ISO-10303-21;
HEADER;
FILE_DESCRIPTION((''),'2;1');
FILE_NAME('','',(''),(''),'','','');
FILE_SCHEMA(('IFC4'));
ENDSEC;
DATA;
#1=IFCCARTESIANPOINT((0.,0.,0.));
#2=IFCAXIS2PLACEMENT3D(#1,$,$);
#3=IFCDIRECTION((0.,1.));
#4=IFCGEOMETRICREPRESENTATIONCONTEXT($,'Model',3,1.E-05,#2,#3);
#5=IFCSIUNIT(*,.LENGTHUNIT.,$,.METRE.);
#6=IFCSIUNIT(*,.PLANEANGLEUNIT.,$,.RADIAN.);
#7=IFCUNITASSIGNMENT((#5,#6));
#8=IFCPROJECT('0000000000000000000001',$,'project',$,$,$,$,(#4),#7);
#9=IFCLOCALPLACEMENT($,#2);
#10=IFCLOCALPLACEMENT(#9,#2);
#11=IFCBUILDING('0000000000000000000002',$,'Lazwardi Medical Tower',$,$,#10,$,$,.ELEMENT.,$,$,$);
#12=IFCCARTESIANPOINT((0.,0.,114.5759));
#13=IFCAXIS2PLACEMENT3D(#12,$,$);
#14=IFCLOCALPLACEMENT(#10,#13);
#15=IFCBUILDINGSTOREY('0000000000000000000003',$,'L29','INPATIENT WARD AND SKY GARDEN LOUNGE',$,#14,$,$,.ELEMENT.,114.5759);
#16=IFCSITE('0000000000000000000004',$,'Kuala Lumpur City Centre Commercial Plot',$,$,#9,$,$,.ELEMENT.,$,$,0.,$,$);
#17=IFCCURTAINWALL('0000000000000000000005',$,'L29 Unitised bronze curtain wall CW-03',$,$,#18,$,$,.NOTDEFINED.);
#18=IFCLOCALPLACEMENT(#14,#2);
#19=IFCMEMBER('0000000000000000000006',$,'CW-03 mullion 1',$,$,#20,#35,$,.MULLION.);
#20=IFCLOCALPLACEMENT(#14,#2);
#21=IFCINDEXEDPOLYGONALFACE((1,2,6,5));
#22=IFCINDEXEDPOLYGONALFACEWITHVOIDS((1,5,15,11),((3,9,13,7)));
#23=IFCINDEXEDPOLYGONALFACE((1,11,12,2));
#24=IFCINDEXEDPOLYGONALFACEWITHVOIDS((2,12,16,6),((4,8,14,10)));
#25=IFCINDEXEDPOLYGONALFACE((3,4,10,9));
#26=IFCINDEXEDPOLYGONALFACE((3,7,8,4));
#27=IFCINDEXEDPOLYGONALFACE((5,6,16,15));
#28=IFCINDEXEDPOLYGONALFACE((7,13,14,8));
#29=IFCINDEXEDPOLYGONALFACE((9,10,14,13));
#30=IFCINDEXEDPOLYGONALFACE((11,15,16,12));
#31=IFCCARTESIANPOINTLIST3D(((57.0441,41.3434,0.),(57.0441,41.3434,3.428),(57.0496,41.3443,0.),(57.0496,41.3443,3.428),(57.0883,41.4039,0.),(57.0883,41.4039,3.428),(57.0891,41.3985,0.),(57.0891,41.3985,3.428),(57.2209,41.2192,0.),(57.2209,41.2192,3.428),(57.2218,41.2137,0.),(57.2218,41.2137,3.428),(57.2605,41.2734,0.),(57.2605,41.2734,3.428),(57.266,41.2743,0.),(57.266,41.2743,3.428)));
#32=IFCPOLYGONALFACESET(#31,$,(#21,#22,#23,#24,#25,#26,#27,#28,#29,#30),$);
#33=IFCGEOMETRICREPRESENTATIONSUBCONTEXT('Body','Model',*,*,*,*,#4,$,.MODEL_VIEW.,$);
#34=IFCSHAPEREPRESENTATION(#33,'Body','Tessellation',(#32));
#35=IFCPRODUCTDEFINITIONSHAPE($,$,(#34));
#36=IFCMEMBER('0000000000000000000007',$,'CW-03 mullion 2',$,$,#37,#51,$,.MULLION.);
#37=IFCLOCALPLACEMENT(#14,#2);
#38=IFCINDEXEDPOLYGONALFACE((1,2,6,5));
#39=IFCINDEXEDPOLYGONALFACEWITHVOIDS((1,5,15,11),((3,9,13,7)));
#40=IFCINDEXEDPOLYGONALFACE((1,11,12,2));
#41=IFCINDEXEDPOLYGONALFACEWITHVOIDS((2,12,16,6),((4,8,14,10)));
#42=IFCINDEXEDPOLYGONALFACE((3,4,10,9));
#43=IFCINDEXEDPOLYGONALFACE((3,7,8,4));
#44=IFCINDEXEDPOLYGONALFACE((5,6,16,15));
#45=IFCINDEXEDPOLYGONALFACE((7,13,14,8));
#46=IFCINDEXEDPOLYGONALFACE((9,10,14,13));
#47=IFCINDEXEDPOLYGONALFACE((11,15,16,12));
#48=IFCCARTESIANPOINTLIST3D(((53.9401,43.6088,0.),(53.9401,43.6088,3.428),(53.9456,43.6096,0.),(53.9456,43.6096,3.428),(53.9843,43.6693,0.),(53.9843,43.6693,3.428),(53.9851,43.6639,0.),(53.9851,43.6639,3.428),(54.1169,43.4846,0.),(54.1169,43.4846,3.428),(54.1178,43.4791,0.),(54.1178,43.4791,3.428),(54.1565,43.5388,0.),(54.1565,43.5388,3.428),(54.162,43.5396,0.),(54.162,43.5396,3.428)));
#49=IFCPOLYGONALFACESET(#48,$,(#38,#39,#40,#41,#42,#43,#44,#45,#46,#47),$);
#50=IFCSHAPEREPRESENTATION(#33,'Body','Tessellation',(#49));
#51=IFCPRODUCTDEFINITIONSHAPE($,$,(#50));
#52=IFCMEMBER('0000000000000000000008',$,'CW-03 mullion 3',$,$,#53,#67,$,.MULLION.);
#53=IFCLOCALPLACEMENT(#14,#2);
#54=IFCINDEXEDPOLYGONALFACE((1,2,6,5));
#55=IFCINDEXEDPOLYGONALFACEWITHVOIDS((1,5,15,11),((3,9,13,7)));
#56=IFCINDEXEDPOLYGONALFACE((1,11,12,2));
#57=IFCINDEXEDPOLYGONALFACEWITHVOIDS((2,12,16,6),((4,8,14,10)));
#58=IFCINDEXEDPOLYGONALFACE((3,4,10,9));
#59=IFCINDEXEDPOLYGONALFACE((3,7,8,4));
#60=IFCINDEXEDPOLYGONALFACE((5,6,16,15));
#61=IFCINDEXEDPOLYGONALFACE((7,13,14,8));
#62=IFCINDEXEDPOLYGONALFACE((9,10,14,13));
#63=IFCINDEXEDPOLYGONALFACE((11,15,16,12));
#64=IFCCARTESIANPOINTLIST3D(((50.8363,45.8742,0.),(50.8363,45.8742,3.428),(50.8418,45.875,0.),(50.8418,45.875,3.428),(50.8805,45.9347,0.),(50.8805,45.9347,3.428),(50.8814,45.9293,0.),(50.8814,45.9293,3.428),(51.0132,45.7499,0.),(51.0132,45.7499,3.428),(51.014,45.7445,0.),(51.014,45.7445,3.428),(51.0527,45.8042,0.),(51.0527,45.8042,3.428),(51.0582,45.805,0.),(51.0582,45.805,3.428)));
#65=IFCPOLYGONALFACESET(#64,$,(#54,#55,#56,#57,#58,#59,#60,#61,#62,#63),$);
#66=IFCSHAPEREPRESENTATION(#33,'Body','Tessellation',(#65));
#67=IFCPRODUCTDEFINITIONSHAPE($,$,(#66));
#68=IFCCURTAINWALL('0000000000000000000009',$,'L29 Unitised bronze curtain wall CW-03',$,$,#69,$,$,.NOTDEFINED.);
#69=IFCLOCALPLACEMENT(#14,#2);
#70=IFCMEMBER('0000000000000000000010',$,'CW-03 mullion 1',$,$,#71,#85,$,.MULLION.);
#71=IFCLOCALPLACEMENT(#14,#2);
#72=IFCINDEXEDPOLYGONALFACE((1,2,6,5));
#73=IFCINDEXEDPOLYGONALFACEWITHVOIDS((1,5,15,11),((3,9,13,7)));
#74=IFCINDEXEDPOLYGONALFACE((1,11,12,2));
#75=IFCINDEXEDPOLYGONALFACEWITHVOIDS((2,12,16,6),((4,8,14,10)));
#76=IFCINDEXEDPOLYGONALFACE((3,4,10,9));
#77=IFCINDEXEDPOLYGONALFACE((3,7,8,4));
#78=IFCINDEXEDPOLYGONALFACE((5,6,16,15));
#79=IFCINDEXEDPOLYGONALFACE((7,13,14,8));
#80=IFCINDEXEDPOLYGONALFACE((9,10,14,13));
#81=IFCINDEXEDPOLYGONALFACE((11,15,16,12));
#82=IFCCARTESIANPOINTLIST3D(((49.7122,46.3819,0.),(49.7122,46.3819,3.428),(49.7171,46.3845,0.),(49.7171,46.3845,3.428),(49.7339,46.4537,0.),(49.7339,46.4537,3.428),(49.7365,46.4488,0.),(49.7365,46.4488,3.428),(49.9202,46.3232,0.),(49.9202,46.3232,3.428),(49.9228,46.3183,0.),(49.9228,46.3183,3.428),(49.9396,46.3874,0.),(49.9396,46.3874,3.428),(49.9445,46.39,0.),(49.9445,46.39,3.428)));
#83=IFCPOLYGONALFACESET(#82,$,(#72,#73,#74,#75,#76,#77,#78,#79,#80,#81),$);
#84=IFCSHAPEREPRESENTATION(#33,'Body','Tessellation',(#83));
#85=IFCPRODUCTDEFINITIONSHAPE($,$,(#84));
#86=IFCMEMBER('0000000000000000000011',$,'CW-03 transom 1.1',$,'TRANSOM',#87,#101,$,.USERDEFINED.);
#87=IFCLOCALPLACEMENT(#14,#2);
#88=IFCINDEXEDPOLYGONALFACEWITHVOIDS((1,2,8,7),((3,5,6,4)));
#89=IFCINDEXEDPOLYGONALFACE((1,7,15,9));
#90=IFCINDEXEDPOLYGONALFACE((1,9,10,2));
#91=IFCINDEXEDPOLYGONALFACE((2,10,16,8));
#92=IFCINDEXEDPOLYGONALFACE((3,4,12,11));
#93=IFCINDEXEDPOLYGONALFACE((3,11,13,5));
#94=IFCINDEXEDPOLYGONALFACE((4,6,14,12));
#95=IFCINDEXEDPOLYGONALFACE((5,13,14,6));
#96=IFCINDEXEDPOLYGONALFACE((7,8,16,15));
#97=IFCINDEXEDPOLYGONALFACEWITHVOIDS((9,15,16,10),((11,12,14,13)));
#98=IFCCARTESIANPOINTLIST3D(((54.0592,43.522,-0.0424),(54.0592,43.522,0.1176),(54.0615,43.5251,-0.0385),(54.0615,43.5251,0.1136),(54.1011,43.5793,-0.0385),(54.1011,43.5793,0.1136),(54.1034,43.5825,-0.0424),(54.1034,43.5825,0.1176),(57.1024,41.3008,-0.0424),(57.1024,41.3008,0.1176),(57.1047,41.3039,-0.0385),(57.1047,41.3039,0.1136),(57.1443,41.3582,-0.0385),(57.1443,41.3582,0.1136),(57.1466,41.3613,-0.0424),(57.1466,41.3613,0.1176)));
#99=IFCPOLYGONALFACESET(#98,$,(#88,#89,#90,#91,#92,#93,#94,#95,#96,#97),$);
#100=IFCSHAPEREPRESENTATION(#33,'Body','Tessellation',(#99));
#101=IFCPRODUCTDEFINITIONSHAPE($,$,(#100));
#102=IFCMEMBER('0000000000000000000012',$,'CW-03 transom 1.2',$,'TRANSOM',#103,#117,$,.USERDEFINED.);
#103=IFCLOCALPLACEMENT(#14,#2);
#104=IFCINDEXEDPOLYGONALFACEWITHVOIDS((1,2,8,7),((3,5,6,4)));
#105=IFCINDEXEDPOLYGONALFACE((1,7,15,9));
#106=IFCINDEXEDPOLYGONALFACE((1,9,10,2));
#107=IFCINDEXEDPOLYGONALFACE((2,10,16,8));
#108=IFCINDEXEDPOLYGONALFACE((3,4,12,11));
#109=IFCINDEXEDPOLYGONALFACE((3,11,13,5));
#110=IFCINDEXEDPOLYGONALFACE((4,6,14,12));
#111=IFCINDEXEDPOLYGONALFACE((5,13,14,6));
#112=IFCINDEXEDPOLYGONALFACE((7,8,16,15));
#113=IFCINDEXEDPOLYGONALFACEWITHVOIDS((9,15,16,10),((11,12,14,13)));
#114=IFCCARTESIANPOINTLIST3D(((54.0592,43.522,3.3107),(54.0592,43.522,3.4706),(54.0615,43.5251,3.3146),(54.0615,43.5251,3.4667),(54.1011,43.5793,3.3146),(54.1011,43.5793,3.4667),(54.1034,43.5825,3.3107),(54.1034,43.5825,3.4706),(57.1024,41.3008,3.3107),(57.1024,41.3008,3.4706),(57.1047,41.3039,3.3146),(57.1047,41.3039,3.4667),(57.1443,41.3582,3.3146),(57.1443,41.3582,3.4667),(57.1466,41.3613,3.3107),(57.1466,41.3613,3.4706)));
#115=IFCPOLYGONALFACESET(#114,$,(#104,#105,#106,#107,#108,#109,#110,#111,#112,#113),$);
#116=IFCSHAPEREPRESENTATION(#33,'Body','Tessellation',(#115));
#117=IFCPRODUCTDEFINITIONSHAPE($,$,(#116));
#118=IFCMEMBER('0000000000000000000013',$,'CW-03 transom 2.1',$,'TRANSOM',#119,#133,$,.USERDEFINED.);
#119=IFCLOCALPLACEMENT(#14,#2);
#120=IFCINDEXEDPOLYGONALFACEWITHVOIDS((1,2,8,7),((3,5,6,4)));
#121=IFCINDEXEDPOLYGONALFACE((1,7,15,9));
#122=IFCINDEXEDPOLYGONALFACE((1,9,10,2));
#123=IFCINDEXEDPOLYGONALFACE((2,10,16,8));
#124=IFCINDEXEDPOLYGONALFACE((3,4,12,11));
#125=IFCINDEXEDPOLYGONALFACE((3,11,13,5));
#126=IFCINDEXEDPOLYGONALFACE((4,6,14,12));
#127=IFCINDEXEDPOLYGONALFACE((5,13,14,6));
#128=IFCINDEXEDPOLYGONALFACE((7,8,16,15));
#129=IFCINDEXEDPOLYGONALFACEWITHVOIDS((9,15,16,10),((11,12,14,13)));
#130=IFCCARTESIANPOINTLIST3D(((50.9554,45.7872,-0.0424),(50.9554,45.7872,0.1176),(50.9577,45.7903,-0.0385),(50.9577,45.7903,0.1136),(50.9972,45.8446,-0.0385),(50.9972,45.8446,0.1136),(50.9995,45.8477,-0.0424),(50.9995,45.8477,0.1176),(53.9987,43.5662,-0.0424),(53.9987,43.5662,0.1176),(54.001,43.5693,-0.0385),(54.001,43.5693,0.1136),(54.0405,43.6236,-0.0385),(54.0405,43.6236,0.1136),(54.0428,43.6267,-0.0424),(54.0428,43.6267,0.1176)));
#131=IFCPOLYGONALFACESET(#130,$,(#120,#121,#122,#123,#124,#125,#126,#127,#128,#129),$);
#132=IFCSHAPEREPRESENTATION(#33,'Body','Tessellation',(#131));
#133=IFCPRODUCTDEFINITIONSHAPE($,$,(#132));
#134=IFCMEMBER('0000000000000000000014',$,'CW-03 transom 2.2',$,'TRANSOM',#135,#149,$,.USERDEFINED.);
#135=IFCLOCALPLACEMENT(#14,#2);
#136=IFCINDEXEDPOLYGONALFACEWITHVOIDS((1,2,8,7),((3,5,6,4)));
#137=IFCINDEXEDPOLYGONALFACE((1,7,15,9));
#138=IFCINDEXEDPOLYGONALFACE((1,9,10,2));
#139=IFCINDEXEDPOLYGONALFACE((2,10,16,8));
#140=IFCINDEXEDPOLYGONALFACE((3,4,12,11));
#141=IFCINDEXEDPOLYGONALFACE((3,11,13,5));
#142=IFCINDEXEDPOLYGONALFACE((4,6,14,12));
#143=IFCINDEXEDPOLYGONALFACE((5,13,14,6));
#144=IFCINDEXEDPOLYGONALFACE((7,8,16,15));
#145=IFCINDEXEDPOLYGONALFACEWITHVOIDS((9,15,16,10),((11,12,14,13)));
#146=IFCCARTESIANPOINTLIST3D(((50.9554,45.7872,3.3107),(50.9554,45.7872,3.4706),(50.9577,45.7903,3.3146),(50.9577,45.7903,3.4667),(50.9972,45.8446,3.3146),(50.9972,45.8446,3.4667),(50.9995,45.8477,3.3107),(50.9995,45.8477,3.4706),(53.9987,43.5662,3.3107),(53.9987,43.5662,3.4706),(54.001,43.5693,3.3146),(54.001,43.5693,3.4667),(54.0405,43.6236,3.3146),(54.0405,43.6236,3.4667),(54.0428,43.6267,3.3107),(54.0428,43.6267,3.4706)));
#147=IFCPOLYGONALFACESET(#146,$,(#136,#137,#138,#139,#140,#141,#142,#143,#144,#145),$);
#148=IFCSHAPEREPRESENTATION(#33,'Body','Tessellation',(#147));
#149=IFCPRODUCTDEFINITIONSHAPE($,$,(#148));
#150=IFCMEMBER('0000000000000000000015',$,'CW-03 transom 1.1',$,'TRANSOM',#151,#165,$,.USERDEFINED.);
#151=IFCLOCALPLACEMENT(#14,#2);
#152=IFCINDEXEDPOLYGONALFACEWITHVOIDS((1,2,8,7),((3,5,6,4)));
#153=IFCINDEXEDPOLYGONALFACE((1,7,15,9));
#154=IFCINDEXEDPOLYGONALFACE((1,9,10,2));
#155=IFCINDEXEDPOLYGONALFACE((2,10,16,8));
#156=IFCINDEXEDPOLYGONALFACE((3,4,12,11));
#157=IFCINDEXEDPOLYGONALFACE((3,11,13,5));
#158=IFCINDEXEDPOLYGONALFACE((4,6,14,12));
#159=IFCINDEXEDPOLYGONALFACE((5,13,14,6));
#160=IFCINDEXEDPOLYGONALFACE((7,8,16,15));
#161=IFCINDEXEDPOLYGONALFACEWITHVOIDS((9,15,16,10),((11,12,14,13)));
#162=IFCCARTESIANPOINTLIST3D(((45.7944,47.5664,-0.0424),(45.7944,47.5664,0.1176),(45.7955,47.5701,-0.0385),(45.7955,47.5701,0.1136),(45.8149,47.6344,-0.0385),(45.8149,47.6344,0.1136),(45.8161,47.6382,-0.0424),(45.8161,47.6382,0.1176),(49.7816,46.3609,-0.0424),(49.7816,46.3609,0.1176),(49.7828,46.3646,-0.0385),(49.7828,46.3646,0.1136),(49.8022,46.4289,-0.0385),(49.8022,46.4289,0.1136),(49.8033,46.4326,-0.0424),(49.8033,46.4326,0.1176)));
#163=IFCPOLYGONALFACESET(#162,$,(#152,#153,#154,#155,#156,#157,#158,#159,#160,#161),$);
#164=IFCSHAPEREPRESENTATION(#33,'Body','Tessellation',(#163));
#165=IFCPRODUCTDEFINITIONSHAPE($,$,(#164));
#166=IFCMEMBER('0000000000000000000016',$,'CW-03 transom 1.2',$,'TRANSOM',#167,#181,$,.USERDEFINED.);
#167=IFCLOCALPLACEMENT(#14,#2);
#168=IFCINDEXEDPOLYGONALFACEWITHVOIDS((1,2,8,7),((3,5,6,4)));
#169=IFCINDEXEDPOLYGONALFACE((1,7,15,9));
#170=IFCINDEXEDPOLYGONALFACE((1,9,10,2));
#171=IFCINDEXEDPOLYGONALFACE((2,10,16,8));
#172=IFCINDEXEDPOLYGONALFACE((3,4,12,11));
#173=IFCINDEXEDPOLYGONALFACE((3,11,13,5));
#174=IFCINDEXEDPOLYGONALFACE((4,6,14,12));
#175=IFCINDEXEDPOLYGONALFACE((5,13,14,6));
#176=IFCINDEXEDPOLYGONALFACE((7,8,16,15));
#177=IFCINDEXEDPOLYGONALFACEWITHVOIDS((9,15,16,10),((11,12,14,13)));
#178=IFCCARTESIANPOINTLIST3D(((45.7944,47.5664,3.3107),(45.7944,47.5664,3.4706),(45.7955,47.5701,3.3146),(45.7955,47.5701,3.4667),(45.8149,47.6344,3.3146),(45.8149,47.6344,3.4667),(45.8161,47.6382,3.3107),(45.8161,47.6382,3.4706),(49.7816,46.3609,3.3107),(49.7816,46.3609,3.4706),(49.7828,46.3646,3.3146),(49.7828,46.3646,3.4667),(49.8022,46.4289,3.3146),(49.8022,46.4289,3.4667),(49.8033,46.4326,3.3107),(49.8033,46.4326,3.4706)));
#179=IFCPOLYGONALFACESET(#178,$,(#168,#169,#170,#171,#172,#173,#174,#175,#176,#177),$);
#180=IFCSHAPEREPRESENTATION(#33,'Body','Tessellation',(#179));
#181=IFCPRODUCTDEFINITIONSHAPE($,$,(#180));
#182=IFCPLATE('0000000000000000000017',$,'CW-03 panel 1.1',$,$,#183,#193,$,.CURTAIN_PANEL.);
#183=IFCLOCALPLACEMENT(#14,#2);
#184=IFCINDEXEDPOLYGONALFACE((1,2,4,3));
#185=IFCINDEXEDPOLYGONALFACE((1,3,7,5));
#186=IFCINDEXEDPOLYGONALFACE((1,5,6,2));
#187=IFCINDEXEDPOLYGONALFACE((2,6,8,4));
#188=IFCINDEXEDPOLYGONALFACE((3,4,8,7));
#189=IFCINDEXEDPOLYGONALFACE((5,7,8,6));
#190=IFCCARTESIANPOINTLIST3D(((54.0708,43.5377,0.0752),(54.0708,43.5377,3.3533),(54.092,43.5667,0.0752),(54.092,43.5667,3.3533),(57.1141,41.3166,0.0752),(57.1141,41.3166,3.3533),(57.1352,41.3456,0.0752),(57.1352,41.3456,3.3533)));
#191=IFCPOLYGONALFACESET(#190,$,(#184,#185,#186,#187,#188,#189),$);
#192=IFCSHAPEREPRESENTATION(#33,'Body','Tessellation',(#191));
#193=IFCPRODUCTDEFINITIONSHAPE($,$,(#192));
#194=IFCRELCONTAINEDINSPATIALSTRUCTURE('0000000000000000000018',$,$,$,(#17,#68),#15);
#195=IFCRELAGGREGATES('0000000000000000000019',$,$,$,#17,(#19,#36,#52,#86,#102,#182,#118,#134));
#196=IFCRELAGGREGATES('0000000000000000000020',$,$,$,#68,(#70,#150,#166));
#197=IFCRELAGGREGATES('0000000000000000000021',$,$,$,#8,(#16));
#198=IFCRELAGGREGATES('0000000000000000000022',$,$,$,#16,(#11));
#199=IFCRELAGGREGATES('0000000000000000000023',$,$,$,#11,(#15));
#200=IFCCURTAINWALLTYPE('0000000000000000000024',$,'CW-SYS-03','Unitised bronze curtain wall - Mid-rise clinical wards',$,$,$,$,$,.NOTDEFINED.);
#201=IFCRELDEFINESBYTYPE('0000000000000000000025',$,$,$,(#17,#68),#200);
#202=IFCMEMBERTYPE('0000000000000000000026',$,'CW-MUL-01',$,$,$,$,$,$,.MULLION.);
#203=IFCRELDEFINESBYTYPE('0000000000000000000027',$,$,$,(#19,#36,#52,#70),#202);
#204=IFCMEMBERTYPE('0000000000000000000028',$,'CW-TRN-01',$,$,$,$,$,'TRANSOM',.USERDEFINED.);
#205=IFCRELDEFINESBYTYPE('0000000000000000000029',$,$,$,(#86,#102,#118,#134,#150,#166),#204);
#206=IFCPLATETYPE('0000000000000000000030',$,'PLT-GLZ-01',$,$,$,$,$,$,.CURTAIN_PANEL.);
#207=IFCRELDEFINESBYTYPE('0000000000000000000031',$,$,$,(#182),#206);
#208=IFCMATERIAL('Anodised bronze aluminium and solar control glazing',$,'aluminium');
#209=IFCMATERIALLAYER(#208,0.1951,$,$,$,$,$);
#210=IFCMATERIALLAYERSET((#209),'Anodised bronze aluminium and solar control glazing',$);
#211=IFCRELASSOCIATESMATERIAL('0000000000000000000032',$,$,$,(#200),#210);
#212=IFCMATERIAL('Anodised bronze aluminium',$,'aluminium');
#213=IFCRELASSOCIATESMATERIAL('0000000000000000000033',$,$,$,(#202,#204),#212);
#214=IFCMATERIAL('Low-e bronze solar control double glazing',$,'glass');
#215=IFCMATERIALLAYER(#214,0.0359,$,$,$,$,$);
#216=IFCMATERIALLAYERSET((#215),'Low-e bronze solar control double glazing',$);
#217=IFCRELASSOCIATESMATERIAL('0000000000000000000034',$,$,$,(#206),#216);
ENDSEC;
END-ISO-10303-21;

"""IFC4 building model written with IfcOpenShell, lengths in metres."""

from ifc_helpers import new_model, si_unit, direction, frame, origin, origin_2d, place, context, subcontext, project, spatial, rectangle, hollow_rectangle, extrude, material, layer, layer_set, material_profile, profile_set, type_object, element, aggregate, save


model = new_model("IFC4")

# Units and contexts
model_context = context("Model", 3, precision=1e-05, world=origin(), true_north=direction((0.0, 1.0)))
body_context = subcontext(model_context, "Body", "Model", "MODEL_VIEW")
ifc_project = project(units=[si_unit("LENGTHUNIT", "METRE"), si_unit("PLANEANGLEUNIT", "RADIAN")], contexts=[model_context])

# Site, building, storey
site_placement = place(None, origin())
site = spatial("IfcSite", under=ifc_project, at=site_placement, Name="Kuala Lumpur City Centre Commercial Plot", CompositionType="ELEMENT", RefElevation=0.0)
building_placement = place(site_placement, origin())
building = spatial("IfcBuilding", under=site, at=building_placement, Name="Lazwardi Medical Tower", CompositionType="ELEMENT")
storey_placement = place(building_placement, frame((0.0, 0.0, 114.5759)))
storey = spatial("IfcBuildingStorey", under=building, at=storey_placement, Name="L29", Description="INPATIENT WARD AND SKY GARDEN LOUNGE", CompositionType="ELEMENT", Elevation=114.5759)

# Shared definitions
ifc_material_1 = material(Name="Anodised bronze aluminium and solar control glazing", Category="aluminium")
ifc_layer_1 = layer(ifc_material_1, 0.1951)
ifc_layer_set_1 = layer_set([ifc_layer_1], Name="Anodised bronze aluminium and solar control glazing")
curtain_wall_type = type_object("IfcCurtainWallType", Name="CW-SYS-03", Description="Unitised bronze curtain wall - Mid-rise clinical wards", PredefinedType="NOTDEFINED", material=ifc_layer_set_1)
ifc_material_2 = material(Name="Anodised bronze aluminium", Category="aluminium")
ifc_material_profile_1 = material_profile(ifc_material_2, hollow_rectangle(XDim=0.075, YDim=0.22, WallThickness=0.0039, at=origin_2d()), Name="ALU-MULLION 220x75x4")
ifc_profile_set_1 = profile_set([ifc_material_profile_1], Name="Anodised bronze aluminium")
member_type_1 = type_object("IfcMemberType", Name="CW-MUL-01", PredefinedType="MULLION", material=ifc_profile_set_1)

# Curtain wall, members
curtain_wall_1_placement = place(storey_placement, origin())
curtain_wall_1 = element("IfcCurtainWall", 1, at=curtain_wall_1_placement, inside=storey, type_object=curtain_wall_type, Name="L29 Unitised bronze curtain wall CW-03", PredefinedType="NOTDEFINED")
member_1_placement = place(storey_placement, frame((57.155, 41.3088, 0.0), z_axis=(0.0, 0.0, 1.0), x_axis=(-0.589531, -0.807746, 0.0)))
member_1 = element("IfcMember", 2, at=member_1_placement, type_object=member_type_1, Name="CW-03 mullion 1", PredefinedType="MULLION", context=body_context, shape_type="SweptSolid", body=[
    extrude(hollow_rectangle(XDim=0.075, YDim=0.22, WallThickness=0.0039, at=origin_2d()), origin(), (0.0, 0.0, 1.0), 3.428),
])
member_2_placement = place(storey_placement, frame((54.051, 43.5742, 0.0), z_axis=(0.0, 0.0, 1.0), x_axis=(-0.589531, -0.807746, 0.0)))
member_2 = element("IfcMember", 3, at=member_2_placement, type_object=member_type_1, Name="CW-03 mullion 2", PredefinedType="MULLION", context=body_context, shape_type="SweptSolid", body=[
    extrude(hollow_rectangle(XDim=0.075, YDim=0.22, WallThickness=0.0039, at=origin_2d()), origin(), (0.0, 0.0, 1.0), 3.428),
])
member_3_placement = place(storey_placement, frame((50.9473, 45.8396, 0.0), z_axis=(0.0, 0.0, 1.0), x_axis=(-0.589531, -0.807746, 0.0)))
member_3 = element("IfcMember", 4, at=member_3_placement, type_object=member_type_1, Name="CW-03 mullion 3", PredefinedType="MULLION", context=body_context, shape_type="SweptSolid", body=[
    extrude(hollow_rectangle(XDim=0.075, YDim=0.22, WallThickness=0.0039, at=origin_2d()), origin(), (0.0, 0.0, 1.0), 3.428),
])

# Curtain wall, member
curtain_wall_2_placement = place(storey_placement, origin())
curtain_wall_2 = element("IfcCurtainWall", 5, at=curtain_wall_2_placement, inside=storey, type_object=curtain_wall_type, Name="L29 Unitised bronze curtain wall CW-03", PredefinedType="NOTDEFINED")
member_4_placement = place(storey_placement, frame((49.8284, 46.386, 0.0), z_axis=(0.0, 0.0, 1.0), x_axis=(-0.289374, -0.957216, 0.0)))
member_4 = element("IfcMember", 6, at=member_4_placement, type_object=member_type_1, Name="CW-03 mullion 1", PredefinedType="MULLION", context=body_context, shape_type="SweptSolid", body=[
    extrude(hollow_rectangle(XDim=0.075, YDim=0.22, WallThickness=0.0039, at=origin_2d()), origin(), (0.0, 0.0, 1.0), 3.428),
])

# Members
ifc_material_profile_2 = material_profile(ifc_material_2, hollow_rectangle(XDim=0.075, YDim=0.1599, WallThickness=0.0039, at=origin_2d()), Name="ALU-TRANSOM 160x75x4")
ifc_profile_set_2 = profile_set([ifc_material_profile_2], Name="Anodised bronze aluminium")
member_type_2 = type_object("IfcMemberType", Name="CW-TRN-01", ElementType="TRANSOM", PredefinedType="USERDEFINED", material=ifc_profile_set_2)
member_5_placement = place(storey_placement, frame((57.1245, 41.3311, 0.0376), z_axis=(-0.807732, 0.58955, 0.0), x_axis=(-0.58955, -0.807732, 0.0)))
member_5 = element("IfcMember", 7, at=member_5_placement, type_object=member_type_2, Name="CW-03 transom 1.1", ObjectType="TRANSOM", PredefinedType="USERDEFINED", context=body_context, shape_type="SweptSolid", body=[
    extrude(hollow_rectangle(XDim=0.075, YDim=0.1599, WallThickness=0.0039, at=origin_2d()), origin(), (0.0, 0.0, 1.0), 3.7676),
])
member_6_placement = place(storey_placement, frame((57.1245, 41.3311, 3.3906), z_axis=(-0.807732, 0.58955, 0.0), x_axis=(-0.58955, -0.807732, 0.0)))
member_6 = element("IfcMember", 8, at=member_6_placement, type_object=member_type_2, Name="CW-03 transom 1.2", ObjectType="TRANSOM", PredefinedType="USERDEFINED", context=body_context, shape_type="SweptSolid", body=[
    extrude(hollow_rectangle(XDim=0.075, YDim=0.1599, WallThickness=0.0039, at=origin_2d()), origin(), (0.0, 0.0, 1.0), 3.7676),
])
member_7_placement = place(storey_placement, frame((54.0208, 43.5964, 0.0376), z_axis=(-0.807763, 0.589508, 0.0), x_axis=(-0.589508, -0.807763, 0.0)))
member_7 = element("IfcMember", 9, at=member_7_placement, type_object=member_type_2, Name="CW-03 transom 2.1", ObjectType="TRANSOM", PredefinedType="USERDEFINED", context=body_context, shape_type="SweptSolid", body=[
    extrude(hollow_rectangle(XDim=0.075, YDim=0.1599, WallThickness=0.0039, at=origin_2d()), origin(), (0.0, 0.0, 1.0), 3.7676),
])
member_8_placement = place(storey_placement, frame((54.0208, 43.5964, 3.3906), z_axis=(-0.807763, 0.589508, 0.0), x_axis=(-0.589508, -0.807763, 0.0)))
member_8 = element("IfcMember", 10, at=member_8_placement, type_object=member_type_2, Name="CW-03 transom 2.2", ObjectType="TRANSOM", PredefinedType="USERDEFINED", context=body_context, shape_type="SweptSolid", body=[
    extrude(hollow_rectangle(XDim=0.075, YDim=0.1599, WallThickness=0.0039, at=origin_2d()), origin(), (0.0, 0.0, 1.0), 3.7676),
])
member_9_placement = place(storey_placement, frame((49.7925, 46.3967, 0.0376), z_axis=(-0.957205, 0.289412, 0.0), x_axis=(-0.289412, -0.957205, 0.0)))
member_9 = element("IfcMember", 11, at=member_9_placement, type_object=member_type_2, Name="CW-03 transom 1.1", ObjectType="TRANSOM", PredefinedType="USERDEFINED", context=body_context, shape_type="SweptSolid", body=[
    extrude(hollow_rectangle(XDim=0.075, YDim=0.1599, WallThickness=0.0039, at=origin_2d()), origin(), (0.0, 0.0, 1.0), 4.1655),
])
member_10_placement = place(storey_placement, frame((49.7925, 46.3967, 3.3906), z_axis=(-0.957205, 0.289412, 0.0), x_axis=(-0.289412, -0.957205, 0.0)))
member_10 = element("IfcMember", 12, at=member_10_placement, type_object=member_type_2, Name="CW-03 transom 1.2", ObjectType="TRANSOM", PredefinedType="USERDEFINED", context=body_context, shape_type="SweptSolid", body=[
    extrude(hollow_rectangle(XDim=0.075, YDim=0.1599, WallThickness=0.0039, at=origin_2d()), origin(), (0.0, 0.0, 1.0), 4.1655),
])

# Plate
ifc_material_3 = material(Name="Low-e bronze solar control double glazing", Category="glass")
ifc_layer_2 = layer(ifc_material_3, 0.0359)
ifc_layer_set_2 = layer_set([ifc_layer_2], Name="Low-e bronze solar control double glazing")
plate_type = type_object("IfcPlateType", Name="PLT-GLZ-01", PredefinedType="CURTAIN_PANEL", material=ifc_layer_set_2)
plate_1_placement = place(storey_placement, frame((55.603, 42.4417, 0.0752), z_axis=(0.0, 0.0, 1.0), x_axis=(-0.807746, 0.589531, 0.0)))
plate_1 = element("IfcPlate", 13, at=plate_1_placement, type_object=plate_type, Name="CW-03 panel 1.1", PredefinedType="CURTAIN_PANEL", context=body_context, shape_type="SweptSolid", body=[
    extrude(rectangle(XDim=3.7676, YDim=0.0359, at=origin_2d()), origin(), (0.0, 0.0, 1.0), 3.2781),
])
aggregate(curtain_wall_1, [member_1, member_2, member_3, member_5, member_6, plate_1, member_7, member_8])
aggregate(curtain_wall_2, [member_4, member_9, member_10])

save(model, "model.ifc")
